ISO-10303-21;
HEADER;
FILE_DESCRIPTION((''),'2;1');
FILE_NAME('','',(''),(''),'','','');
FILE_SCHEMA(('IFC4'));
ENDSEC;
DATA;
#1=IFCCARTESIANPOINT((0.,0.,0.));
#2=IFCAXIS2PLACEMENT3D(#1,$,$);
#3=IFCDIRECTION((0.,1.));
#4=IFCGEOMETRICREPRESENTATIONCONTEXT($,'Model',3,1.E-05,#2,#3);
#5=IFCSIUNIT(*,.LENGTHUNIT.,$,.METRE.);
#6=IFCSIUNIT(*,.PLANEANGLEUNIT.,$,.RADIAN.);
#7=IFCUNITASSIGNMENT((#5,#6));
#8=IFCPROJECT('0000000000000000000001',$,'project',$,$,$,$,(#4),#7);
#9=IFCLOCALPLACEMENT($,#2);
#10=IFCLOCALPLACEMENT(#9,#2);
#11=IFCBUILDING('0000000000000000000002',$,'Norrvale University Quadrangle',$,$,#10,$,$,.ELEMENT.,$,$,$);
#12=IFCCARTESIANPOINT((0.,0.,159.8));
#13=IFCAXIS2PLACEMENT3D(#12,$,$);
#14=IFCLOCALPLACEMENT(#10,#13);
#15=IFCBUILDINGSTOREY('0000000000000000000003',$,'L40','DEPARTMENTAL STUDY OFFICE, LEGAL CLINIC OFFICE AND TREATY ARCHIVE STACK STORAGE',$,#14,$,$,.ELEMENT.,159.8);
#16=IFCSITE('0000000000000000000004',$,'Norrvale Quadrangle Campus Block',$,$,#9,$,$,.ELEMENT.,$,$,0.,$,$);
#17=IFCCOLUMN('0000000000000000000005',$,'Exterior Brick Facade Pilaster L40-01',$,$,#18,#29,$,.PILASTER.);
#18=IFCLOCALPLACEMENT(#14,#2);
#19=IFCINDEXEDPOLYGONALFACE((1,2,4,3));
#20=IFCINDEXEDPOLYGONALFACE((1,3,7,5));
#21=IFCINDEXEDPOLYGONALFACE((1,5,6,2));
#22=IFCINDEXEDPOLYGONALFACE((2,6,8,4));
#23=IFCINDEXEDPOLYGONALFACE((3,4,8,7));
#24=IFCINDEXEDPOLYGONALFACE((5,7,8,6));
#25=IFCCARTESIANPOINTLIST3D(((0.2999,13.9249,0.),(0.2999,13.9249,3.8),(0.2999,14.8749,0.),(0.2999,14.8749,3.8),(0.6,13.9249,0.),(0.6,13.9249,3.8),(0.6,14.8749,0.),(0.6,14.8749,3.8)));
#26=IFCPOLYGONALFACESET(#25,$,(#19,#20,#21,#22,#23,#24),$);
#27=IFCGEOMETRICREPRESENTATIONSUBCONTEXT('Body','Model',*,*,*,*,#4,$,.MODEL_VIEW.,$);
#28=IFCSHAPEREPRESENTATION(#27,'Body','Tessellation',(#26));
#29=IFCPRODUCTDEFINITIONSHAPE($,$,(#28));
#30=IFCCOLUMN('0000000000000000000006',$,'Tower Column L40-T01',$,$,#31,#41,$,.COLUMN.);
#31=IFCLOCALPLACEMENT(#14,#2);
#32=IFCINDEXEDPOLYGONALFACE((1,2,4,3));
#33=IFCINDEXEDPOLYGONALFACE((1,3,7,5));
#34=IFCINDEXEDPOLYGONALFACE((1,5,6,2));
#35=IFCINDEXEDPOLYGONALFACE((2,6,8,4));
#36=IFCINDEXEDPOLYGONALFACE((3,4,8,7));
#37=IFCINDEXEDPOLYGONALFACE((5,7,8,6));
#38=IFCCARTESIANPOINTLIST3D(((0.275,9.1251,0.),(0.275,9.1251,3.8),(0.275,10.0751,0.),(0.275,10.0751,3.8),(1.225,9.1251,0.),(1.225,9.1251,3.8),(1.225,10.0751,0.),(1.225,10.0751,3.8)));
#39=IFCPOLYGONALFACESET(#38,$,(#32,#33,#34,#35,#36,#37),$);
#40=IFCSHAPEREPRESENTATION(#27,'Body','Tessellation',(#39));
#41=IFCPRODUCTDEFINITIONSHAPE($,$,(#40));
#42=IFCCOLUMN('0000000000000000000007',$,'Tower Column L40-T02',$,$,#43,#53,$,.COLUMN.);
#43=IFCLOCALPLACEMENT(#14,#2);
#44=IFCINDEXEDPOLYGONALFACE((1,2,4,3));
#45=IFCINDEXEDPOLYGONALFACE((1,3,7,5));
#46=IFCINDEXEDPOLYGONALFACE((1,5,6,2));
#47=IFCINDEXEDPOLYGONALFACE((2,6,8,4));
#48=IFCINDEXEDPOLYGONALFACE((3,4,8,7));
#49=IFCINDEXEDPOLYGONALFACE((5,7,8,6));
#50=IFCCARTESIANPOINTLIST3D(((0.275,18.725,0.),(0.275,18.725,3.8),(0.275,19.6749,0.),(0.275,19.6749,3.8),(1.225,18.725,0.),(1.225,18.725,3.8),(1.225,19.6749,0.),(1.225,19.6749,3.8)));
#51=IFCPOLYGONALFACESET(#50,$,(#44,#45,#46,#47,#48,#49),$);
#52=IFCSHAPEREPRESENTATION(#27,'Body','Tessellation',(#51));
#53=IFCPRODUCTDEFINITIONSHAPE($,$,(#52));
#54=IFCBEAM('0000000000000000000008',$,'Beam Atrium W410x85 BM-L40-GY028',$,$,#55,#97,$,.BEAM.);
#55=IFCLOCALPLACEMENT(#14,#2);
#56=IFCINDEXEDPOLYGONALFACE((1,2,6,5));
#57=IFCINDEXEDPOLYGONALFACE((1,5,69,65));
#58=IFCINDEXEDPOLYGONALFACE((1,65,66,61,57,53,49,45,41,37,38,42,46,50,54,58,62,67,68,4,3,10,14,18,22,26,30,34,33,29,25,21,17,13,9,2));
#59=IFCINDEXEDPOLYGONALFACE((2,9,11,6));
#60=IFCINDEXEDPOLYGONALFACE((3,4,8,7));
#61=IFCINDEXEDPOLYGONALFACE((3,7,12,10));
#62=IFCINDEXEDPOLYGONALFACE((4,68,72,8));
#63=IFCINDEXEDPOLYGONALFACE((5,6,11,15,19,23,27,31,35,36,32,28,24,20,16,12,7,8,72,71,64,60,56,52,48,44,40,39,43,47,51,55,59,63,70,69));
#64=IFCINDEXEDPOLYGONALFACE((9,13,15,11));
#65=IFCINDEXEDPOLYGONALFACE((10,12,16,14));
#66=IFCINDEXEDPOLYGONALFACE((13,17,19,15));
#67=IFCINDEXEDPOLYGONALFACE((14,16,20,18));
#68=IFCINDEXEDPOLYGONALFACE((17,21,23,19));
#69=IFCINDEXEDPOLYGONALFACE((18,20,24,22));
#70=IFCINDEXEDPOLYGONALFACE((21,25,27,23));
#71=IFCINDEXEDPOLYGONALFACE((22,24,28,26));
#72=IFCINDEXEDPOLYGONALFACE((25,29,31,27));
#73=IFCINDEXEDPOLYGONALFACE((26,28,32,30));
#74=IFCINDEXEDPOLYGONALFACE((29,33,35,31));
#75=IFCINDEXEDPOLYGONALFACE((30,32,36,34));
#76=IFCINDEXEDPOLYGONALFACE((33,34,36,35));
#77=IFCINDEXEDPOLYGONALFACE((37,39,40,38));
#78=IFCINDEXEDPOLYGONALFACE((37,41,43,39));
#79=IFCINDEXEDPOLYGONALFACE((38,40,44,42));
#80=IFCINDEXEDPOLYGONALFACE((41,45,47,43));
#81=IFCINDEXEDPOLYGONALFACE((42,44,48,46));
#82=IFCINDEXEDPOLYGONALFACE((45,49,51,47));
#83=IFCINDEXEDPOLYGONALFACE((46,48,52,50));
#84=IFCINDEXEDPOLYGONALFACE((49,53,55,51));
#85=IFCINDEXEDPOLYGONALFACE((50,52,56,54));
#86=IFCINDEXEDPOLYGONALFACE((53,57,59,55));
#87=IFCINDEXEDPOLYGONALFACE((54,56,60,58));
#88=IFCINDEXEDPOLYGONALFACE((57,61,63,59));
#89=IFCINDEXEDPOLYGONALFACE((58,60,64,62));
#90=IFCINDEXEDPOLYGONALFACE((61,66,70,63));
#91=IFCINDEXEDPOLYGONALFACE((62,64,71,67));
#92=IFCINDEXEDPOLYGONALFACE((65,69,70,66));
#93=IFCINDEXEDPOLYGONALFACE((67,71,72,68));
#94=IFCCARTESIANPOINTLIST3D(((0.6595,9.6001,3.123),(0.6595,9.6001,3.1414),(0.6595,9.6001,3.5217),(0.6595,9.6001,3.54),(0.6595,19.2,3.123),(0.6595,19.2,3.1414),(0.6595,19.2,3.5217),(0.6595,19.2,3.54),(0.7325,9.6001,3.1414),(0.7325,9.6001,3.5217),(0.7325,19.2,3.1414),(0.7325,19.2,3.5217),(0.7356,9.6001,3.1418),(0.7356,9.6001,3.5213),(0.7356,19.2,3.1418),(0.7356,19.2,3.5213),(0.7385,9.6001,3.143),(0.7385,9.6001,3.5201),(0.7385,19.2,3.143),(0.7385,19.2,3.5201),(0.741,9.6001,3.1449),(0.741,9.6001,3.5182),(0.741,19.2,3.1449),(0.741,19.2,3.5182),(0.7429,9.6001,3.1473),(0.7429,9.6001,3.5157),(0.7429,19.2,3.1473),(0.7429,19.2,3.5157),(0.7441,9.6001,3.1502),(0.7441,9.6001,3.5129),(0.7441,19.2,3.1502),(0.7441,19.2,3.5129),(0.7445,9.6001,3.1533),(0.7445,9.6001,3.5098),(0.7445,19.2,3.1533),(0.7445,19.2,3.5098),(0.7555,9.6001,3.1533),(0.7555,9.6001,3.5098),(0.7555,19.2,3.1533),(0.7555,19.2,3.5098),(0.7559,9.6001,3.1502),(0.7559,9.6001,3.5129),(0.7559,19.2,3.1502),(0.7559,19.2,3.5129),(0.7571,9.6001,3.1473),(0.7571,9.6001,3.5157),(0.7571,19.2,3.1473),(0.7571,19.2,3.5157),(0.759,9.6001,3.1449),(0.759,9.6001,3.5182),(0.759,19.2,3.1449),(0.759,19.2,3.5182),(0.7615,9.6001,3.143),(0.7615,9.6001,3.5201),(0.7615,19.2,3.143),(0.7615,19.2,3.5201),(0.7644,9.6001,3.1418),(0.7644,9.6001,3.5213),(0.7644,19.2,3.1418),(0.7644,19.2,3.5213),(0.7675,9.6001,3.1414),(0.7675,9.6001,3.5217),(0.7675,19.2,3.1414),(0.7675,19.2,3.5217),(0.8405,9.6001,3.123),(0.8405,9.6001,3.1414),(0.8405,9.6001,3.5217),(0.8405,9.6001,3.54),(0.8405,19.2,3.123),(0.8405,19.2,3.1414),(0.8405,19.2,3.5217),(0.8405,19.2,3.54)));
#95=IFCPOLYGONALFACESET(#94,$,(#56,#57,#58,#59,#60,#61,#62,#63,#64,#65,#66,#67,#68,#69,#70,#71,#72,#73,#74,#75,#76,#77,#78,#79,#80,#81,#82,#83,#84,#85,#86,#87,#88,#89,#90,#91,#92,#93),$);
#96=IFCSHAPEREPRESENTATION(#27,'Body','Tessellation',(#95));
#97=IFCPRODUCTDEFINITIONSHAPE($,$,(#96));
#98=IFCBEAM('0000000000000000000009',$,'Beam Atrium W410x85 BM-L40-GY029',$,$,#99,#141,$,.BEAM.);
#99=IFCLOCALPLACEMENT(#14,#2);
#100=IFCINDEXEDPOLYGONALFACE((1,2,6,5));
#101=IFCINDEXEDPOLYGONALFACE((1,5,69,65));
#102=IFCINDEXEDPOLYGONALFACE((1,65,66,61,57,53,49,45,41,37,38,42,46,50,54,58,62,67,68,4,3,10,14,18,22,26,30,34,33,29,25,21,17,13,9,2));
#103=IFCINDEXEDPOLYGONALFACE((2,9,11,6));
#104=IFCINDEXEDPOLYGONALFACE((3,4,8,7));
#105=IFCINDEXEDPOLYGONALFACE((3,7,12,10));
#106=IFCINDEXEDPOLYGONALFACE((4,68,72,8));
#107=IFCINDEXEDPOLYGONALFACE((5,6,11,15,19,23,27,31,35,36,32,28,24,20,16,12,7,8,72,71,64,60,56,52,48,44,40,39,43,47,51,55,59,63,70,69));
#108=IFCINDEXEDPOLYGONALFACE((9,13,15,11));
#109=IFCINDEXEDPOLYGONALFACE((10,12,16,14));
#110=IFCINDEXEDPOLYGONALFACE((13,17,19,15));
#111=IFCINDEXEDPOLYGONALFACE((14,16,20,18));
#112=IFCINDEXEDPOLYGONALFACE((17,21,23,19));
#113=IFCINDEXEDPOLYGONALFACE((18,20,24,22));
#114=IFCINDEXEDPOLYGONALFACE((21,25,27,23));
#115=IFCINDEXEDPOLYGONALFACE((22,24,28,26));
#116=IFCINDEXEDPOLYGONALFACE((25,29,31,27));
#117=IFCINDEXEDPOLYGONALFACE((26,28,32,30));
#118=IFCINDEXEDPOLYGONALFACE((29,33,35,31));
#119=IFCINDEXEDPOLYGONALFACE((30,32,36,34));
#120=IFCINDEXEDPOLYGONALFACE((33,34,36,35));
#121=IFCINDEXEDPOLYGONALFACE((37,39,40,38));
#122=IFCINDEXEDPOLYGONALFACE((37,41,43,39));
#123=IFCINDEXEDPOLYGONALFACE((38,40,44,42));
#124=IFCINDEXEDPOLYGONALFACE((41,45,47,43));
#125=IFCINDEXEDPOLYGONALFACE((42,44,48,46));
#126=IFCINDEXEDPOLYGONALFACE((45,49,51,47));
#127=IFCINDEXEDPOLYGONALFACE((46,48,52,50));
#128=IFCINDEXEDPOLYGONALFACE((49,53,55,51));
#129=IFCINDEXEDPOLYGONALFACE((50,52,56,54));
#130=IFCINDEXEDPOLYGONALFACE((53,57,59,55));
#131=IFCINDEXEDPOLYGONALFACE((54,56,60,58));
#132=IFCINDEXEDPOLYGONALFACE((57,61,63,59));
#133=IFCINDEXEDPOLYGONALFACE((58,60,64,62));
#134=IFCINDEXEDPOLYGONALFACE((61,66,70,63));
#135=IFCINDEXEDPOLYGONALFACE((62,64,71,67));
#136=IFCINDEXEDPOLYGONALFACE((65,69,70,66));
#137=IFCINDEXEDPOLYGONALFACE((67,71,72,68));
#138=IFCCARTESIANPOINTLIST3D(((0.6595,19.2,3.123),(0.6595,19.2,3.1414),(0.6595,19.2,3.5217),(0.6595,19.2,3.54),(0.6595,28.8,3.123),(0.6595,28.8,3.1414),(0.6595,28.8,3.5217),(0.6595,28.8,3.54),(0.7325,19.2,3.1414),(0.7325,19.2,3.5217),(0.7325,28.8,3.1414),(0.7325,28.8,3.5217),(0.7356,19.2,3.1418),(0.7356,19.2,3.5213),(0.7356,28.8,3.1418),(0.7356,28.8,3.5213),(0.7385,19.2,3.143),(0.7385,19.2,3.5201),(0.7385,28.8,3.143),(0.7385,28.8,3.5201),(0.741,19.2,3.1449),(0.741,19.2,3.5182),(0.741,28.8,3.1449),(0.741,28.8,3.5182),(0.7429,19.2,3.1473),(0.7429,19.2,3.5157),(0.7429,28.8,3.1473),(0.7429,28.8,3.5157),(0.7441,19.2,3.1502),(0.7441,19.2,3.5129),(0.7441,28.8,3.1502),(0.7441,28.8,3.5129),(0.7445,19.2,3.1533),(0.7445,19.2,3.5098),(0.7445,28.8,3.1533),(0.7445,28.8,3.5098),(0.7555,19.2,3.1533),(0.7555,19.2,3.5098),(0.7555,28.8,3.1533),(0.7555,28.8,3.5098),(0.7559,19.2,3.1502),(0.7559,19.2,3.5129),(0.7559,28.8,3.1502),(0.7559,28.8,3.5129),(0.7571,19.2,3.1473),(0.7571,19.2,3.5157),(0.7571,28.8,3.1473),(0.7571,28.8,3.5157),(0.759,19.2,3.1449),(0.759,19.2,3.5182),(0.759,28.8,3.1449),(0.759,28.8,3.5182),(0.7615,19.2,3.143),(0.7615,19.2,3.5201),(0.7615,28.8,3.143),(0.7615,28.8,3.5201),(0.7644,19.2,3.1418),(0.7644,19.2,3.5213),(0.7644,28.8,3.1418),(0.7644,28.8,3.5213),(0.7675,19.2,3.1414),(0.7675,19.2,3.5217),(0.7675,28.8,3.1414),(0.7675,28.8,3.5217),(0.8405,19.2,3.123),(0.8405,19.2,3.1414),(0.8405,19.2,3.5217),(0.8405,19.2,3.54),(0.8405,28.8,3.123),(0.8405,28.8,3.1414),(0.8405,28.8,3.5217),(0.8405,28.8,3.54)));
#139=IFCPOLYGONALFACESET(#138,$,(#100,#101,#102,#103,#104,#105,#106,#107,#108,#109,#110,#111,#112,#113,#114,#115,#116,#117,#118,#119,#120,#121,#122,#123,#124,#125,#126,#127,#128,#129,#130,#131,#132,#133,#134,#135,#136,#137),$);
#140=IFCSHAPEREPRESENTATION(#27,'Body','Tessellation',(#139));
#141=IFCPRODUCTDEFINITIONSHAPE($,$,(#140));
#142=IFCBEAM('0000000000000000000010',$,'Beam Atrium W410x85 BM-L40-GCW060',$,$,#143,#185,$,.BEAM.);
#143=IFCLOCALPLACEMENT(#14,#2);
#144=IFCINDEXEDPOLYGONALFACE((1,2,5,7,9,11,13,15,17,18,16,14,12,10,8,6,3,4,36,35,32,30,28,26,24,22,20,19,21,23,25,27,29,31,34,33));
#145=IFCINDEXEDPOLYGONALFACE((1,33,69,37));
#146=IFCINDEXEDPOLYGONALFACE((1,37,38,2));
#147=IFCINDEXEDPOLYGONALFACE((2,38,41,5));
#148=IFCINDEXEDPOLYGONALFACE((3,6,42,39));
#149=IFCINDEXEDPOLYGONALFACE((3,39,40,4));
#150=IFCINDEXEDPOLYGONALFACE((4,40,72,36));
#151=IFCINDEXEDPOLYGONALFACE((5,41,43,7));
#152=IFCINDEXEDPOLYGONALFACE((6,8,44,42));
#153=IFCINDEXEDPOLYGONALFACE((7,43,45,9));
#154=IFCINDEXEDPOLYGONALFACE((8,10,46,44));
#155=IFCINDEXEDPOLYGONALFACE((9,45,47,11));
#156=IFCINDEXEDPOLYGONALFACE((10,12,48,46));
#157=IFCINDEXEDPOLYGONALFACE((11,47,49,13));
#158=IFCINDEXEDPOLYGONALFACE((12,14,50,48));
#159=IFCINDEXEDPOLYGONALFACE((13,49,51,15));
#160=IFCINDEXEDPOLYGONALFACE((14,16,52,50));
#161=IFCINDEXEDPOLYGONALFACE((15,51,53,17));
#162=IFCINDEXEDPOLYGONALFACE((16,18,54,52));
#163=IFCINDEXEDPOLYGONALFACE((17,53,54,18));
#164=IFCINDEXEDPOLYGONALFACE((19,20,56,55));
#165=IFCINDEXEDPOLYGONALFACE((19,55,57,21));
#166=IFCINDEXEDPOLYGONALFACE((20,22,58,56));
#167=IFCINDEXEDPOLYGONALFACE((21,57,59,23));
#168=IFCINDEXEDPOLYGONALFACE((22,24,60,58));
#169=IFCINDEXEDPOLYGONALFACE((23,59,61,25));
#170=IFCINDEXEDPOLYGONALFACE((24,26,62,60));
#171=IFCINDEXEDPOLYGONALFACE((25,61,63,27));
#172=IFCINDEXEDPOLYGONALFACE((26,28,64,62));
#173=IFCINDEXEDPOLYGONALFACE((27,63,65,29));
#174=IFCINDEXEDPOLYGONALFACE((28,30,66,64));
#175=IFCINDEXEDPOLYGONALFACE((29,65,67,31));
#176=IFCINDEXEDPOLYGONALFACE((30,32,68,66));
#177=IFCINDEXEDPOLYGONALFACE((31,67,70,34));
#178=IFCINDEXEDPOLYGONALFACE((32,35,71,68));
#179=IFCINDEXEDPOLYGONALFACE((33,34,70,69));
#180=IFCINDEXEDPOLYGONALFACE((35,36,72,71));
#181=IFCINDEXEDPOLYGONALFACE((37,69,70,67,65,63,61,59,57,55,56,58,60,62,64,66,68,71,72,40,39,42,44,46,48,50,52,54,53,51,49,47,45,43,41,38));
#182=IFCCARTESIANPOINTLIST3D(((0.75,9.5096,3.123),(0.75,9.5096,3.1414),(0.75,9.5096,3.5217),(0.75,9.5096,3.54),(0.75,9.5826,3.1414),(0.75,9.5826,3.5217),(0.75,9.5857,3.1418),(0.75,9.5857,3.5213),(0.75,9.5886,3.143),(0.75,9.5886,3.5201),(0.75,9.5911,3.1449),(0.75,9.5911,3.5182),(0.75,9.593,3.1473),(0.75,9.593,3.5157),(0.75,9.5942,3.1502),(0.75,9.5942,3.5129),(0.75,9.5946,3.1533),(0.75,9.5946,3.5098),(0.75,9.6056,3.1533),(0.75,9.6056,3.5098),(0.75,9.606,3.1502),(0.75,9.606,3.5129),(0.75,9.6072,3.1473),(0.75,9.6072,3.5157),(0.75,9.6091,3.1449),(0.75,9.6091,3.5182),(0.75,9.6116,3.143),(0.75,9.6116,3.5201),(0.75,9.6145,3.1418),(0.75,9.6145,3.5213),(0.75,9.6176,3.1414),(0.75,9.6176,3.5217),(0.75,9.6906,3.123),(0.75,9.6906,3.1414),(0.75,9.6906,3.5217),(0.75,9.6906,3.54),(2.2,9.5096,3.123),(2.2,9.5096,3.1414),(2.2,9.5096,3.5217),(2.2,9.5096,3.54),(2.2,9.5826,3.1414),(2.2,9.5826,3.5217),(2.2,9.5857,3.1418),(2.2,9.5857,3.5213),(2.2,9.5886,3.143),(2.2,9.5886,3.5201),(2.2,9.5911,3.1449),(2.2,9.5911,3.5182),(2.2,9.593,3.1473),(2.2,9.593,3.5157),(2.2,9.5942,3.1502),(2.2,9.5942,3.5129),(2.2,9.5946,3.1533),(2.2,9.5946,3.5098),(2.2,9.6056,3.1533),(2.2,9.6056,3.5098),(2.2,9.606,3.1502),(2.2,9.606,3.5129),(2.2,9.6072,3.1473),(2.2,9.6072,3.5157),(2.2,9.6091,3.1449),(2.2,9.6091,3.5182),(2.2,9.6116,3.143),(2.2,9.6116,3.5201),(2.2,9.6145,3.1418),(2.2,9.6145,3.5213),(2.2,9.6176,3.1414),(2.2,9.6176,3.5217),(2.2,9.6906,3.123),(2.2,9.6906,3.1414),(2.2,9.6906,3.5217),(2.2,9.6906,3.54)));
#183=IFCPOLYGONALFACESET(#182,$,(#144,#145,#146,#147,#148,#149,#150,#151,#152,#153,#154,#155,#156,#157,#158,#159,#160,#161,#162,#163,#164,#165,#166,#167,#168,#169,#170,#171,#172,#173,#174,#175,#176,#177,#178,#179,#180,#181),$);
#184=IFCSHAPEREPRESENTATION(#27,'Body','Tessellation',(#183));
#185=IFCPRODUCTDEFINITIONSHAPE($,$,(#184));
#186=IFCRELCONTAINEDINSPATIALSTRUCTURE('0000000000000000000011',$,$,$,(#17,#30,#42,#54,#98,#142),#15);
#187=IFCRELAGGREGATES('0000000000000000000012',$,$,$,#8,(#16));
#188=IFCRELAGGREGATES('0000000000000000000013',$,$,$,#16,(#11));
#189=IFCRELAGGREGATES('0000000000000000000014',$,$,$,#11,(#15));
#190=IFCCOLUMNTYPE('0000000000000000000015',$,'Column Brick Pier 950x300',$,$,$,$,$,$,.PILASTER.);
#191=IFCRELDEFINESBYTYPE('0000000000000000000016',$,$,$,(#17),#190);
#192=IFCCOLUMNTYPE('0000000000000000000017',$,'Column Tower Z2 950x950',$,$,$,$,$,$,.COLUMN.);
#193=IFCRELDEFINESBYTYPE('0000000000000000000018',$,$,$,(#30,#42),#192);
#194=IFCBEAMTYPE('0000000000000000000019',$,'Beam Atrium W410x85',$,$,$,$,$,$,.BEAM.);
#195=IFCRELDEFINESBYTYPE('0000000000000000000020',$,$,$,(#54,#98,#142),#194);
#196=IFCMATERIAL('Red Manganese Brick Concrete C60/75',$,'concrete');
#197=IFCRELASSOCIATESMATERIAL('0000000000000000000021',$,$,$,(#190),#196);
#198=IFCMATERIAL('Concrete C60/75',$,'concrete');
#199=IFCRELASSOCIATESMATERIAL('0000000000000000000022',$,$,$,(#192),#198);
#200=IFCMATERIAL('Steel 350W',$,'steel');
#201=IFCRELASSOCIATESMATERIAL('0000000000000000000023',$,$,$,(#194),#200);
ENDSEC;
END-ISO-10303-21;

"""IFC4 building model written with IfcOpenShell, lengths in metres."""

from ifc_helpers import new_model, si_unit, direction, frame, origin, origin_2d, place, context, subcontext, project, spatial, rectangle, i_section, extrude, material, material_profile, profile_set, type_object, element, save


model = new_model("IFC4")

# Units and contexts
model_context = context("Model", 3, precision=1e-05, world=origin(), true_north=direction((0.0, 1.0)))
body_context = subcontext(model_context, "Body", "Model", "MODEL_VIEW")
ifc_project = project(units=[si_unit("LENGTHUNIT", "METRE"), si_unit("PLANEANGLEUNIT", "RADIAN")], contexts=[model_context])

# Site, building, storey
site_placement = place(None, origin())
site = spatial("IfcSite", under=ifc_project, at=site_placement, Name="Norrvale Quadrangle Campus Block", CompositionType="ELEMENT", RefElevation=0.0)
building_placement = place(site_placement, origin())
building = spatial("IfcBuilding", under=site, at=building_placement, Name="Norrvale University Quadrangle", CompositionType="ELEMENT")
storey_placement = place(building_placement, frame((0.0, 0.0, 159.8)))
storey = spatial("IfcBuildingStorey", under=building, at=storey_placement, Name="L40", Description="DEPARTMENTAL STUDY OFFICE, LEGAL CLINIC OFFICE AND TREATY ARCHIVE STACK STORAGE", CompositionType="ELEMENT", Elevation=159.8)

# Columns
ifc_material_1 = material(Name="Red Manganese Brick Concrete C60/75", Category="concrete")
ifc_material_profile_1 = material_profile(ifc_material_1, rectangle(XDim=0.95, YDim=0.3, at=origin_2d()), Name="Red Manganese Brick Concrete C60/75")
ifc_profile_set_1 = profile_set([ifc_material_profile_1], Name="Red Manganese Brick Concrete C60/75")
column_type_1 = type_object("IfcColumnType", Name="Column Brick Pier 950x300", PredefinedType="PILASTER", material=ifc_profile_set_1)
column_placement = place(storey_placement, frame((0.45, 14.3999, 0.0), z_axis=(0.0, 0.0, 1.0), x_axis=(0.0, 1.0, 0.0)))
element("IfcColumn", 1, at=column_placement, inside=storey, type_object=column_type_1, Name="Exterior Brick Facade Pilaster L40-01", PredefinedType="PILASTER", context=body_context, shape_type="SweptSolid", body=[
    extrude(rectangle(XDim=0.95, YDim=0.3, at=origin_2d()), origin(), (0.0, 0.0, 1.0), 3.8),
])
ifc_material_2 = material(Name="Concrete C60/75", Category="concrete")
ifc_material_profile_2 = material_profile(ifc_material_2, rectangle(XDim=0.95, YDim=0.95, at=origin_2d()), Name="Concrete C60/75")
ifc_profile_set_2 = profile_set([ifc_material_profile_2], Name="Concrete C60/75")
column_type_2 = type_object("IfcColumnType", Name="Column Tower Z2 950x950", PredefinedType="COLUMN", material=ifc_profile_set_2)
for number, where, z_axis, x_axis, name in (
    (2, (0.75, 9.6001, 0.0), (0.0, 0.0, 1.0), (1.0, 0.0, 0.0), "Tower Column L40-T01"),
    (3, (0.75, 19.2, 0.0), (0.0, 0.0, 1.0), (1.0, 0.0, 0.0), "Tower Column L40-T02"),
):
    element("IfcColumn", number, at=place(storey_placement, frame(where, z_axis=z_axis, x_axis=x_axis)), inside=storey, type_object=column_type_2, Name=name, PredefinedType="COLUMN", context=body_context, shape_type="SweptSolid", body=[
        extrude(rectangle(XDim=0.95, YDim=0.95, at=origin_2d()), origin(), (0.0, 0.0, 1.0), 3.8),
    ])

# Beams
ifc_material_3 = material(Name="Steel 350W", Category="steel")
ifc_material_profile_3 = material_profile(ifc_material_3, i_section(OverallWidth=0.1809, OverallDepth=0.417, WebThickness=0.011, FlangeThickness=0.0183, FilletRadius=0.012, at=origin_2d()), Name="Steel 350W")
ifc_profile_set_3 = profile_set([ifc_material_profile_3], Name="Steel 350W")
beam_type_1 = type_object("IfcBeamType", Name="Beam Atrium W410x85", PredefinedType="BEAM", material=ifc_profile_set_3)
beam_1_placement = place(storey_placement, frame((0.75, 9.6001, 3.3315), z_axis=(0.0, 1.0, 0.0), x_axis=(-1.0, 0.0, 0.0)))
element("IfcBeam", 4, at=beam_1_placement, inside=storey, type_object=beam_type_1, Name="Beam Atrium W410x85 BM-L40-GY028", PredefinedType="BEAM", context=body_context, shape_type="SweptSolid", body=[
    extrude(i_section(OverallWidth=0.1809, OverallDepth=0.417, WebThickness=0.011, FlangeThickness=0.0183, FilletRadius=0.012, at=origin_2d()), origin(), (0.0, 0.0, 1.0), 9.5999),
])
beam_2_placement = place(storey_placement, frame((0.75, 19.2, 3.3315), z_axis=(0.0, 1.0, 0.0), x_axis=(-1.0, 0.0, 0.0)))
element("IfcBeam", 5, at=beam_2_placement, inside=storey, type_object=beam_type_1, Name="Beam Atrium W410x85 BM-L40-GY029", PredefinedType="BEAM", context=body_context, shape_type="SweptSolid", body=[
    extrude(i_section(OverallWidth=0.1809, OverallDepth=0.417, WebThickness=0.011, FlangeThickness=0.0183, FilletRadius=0.012, at=origin_2d()), origin(), (0.0, 0.0, 1.0), 9.6001),
])
for number, where, z_axis, x_axis, name in (
    (6, (0.75, 9.6001, 3.3315), (1.0, 0.0, 0.0), (0.0, 1.0, 0.0), "Beam Atrium W410x85 BM-L40-GCW060"),
):
    element("IfcBeam", number, at=place(storey_placement, frame(where, z_axis=z_axis, x_axis=x_axis)), inside=storey, type_object=beam_type_1, Name=name, PredefinedType="BEAM", context=body_context, shape_type="SweptSolid", body=[
        extrude(i_section(OverallWidth=0.1809, OverallDepth=0.417, WebThickness=0.011, FlangeThickness=0.0183, FilletRadius=0.012, at=origin_2d()), origin(), (0.0, 0.0, 1.0), 1.45),
    ])

save(model, "model.ifc")
